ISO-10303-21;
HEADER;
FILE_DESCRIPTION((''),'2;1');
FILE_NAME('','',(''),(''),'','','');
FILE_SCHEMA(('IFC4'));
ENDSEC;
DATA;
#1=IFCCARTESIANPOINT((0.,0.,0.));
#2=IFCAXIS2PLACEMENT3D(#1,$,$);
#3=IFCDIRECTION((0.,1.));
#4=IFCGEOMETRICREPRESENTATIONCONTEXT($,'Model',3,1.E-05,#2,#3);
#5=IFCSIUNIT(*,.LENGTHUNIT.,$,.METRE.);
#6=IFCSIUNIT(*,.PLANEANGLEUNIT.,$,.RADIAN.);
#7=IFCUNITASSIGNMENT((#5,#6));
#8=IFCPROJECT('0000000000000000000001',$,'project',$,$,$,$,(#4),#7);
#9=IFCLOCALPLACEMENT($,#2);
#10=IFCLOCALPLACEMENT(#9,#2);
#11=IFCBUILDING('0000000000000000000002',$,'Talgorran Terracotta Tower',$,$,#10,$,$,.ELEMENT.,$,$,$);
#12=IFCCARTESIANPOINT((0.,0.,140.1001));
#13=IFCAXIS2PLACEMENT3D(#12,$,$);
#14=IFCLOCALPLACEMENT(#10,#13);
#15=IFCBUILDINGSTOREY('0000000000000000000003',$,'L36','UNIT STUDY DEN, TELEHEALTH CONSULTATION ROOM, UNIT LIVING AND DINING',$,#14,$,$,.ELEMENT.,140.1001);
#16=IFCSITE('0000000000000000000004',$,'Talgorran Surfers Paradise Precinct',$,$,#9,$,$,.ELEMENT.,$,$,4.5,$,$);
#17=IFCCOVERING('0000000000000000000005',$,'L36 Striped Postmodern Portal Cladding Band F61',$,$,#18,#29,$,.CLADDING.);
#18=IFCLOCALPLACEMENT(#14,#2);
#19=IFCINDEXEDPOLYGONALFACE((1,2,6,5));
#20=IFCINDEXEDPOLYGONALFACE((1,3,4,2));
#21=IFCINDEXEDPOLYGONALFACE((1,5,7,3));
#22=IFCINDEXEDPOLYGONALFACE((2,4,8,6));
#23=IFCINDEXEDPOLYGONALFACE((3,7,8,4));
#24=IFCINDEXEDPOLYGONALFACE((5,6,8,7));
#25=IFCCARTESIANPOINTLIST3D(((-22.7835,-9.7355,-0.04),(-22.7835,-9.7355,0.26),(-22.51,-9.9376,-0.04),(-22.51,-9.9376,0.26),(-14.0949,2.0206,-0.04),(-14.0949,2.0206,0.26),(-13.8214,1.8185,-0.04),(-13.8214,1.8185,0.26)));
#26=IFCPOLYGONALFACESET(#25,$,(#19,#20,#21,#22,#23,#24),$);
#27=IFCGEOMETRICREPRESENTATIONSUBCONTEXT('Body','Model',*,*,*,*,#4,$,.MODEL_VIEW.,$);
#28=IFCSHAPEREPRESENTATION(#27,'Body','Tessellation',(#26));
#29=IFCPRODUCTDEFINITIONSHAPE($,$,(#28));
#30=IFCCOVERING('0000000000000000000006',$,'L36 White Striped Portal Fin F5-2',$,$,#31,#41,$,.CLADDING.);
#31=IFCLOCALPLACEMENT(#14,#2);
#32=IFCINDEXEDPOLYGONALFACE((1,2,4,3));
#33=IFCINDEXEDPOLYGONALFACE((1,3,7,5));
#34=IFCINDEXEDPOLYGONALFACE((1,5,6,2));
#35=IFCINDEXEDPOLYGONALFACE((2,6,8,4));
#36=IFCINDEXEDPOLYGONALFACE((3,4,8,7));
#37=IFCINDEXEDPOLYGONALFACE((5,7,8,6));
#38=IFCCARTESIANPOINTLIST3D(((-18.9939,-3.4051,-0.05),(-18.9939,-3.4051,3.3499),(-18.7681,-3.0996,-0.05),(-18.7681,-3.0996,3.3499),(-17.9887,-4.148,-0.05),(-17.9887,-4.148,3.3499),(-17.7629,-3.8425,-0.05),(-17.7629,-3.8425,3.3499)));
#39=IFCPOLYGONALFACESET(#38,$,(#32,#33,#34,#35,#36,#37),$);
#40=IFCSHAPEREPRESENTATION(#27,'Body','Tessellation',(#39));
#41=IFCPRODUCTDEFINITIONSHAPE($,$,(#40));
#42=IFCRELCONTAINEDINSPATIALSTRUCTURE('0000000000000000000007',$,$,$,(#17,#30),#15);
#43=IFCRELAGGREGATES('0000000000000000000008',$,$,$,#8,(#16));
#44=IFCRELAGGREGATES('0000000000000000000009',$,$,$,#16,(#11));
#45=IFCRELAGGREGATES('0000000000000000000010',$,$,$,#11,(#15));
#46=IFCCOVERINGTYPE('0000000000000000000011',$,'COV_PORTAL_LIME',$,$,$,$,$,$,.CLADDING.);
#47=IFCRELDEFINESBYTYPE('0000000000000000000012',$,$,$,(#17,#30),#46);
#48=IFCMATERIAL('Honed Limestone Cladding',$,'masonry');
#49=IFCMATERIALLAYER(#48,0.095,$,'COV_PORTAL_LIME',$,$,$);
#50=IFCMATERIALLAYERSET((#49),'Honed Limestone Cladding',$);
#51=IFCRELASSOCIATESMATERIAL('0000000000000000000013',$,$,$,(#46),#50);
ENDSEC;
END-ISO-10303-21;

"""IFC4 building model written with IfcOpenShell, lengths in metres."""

from ifc_helpers import new_model, si_unit, direction, frame, origin, origin_2d, place, context, subcontext, project, spatial, rectangle, extrude, material, layer, layer_set, type_object, element, save


model = new_model("IFC4")

# Units and contexts
model_context = context("Model", 3, precision=1e-05, world=origin(), true_north=direction((0.0, 1.0)))
body_context = subcontext(model_context, "Body", "Model", "MODEL_VIEW")
ifc_project = project(units=[si_unit("LENGTHUNIT", "METRE"), si_unit("PLANEANGLEUNIT", "RADIAN")], contexts=[model_context])

# Site, building, storey
site_placement = place(None, origin())
site = spatial("IfcSite", under=ifc_project, at=site_placement, Name="Talgorran Surfers Paradise Precinct", CompositionType="ELEMENT", RefElevation=4.5)
building_placement = place(site_placement, origin())
building = spatial("IfcBuilding", under=site, at=building_placement, Name="Talgorran Terracotta Tower", CompositionType="ELEMENT")
storey_placement = place(building_placement, frame((0.0, 0.0, 140.1001)))
storey = spatial("IfcBuildingStorey", under=building, at=storey_placement, Name="L36", Description="UNIT STUDY DEN, TELEHEALTH CONSULTATION ROOM, UNIT LIVING AND DINING", CompositionType="ELEMENT", Elevation=140.1001)

# Coverings
ifc_material_1 = material(Name="Honed Limestone Cladding", Category="masonry")
ifc_layer_1 = layer(ifc_material_1, 0.095, Name="COV_PORTAL_LIME")
ifc_layer_set_1 = layer_set([ifc_layer_1], Name="Honed Limestone Cladding")
covering_type_1 = type_object("IfcCoveringType", Name="COV_PORTAL_LIME", PredefinedType="CLADDING", material=ifc_layer_set_1)
covering_1_placement = place(storey_placement, frame((-18.3025, -3.9585, -0.04), z_axis=(0.0, 0.0, 1.0), x_axis=(-0.59436, -0.804199, 0.0)))
element("IfcCovering", 1, at=covering_1_placement, inside=storey, type_object=covering_type_1, Name="L36 Striped Postmodern Portal Cladding Band F61", PredefinedType="CLADDING", context=body_context, shape_type="SweptSolid", body=[
    extrude(rectangle(XDim=14.6184, YDim=0.3401, at=origin_2d()), origin(), (0.0, 0.0, 1.0), 0.3),
])
covering_2_placement = place(storey_placement, frame((-18.3784, -3.6238, -0.05), z_axis=(0.0, 0.0, 1.0), x_axis=(-0.59436, -0.804199, 0.0)))
element("IfcCovering", 2, at=covering_2_placement, inside=storey, type_object=covering_type_1, Name="L36 White Striped Portal Fin F5-2", PredefinedType="CLADDING", context=body_context, shape_type="SweptSolid", body=[
    extrude(rectangle(XDim=0.3799, YDim=1.25, at=origin_2d()), origin(), (0.0, 0.0, 1.0), 3.3999),
])

save(model, "model.ifc")
